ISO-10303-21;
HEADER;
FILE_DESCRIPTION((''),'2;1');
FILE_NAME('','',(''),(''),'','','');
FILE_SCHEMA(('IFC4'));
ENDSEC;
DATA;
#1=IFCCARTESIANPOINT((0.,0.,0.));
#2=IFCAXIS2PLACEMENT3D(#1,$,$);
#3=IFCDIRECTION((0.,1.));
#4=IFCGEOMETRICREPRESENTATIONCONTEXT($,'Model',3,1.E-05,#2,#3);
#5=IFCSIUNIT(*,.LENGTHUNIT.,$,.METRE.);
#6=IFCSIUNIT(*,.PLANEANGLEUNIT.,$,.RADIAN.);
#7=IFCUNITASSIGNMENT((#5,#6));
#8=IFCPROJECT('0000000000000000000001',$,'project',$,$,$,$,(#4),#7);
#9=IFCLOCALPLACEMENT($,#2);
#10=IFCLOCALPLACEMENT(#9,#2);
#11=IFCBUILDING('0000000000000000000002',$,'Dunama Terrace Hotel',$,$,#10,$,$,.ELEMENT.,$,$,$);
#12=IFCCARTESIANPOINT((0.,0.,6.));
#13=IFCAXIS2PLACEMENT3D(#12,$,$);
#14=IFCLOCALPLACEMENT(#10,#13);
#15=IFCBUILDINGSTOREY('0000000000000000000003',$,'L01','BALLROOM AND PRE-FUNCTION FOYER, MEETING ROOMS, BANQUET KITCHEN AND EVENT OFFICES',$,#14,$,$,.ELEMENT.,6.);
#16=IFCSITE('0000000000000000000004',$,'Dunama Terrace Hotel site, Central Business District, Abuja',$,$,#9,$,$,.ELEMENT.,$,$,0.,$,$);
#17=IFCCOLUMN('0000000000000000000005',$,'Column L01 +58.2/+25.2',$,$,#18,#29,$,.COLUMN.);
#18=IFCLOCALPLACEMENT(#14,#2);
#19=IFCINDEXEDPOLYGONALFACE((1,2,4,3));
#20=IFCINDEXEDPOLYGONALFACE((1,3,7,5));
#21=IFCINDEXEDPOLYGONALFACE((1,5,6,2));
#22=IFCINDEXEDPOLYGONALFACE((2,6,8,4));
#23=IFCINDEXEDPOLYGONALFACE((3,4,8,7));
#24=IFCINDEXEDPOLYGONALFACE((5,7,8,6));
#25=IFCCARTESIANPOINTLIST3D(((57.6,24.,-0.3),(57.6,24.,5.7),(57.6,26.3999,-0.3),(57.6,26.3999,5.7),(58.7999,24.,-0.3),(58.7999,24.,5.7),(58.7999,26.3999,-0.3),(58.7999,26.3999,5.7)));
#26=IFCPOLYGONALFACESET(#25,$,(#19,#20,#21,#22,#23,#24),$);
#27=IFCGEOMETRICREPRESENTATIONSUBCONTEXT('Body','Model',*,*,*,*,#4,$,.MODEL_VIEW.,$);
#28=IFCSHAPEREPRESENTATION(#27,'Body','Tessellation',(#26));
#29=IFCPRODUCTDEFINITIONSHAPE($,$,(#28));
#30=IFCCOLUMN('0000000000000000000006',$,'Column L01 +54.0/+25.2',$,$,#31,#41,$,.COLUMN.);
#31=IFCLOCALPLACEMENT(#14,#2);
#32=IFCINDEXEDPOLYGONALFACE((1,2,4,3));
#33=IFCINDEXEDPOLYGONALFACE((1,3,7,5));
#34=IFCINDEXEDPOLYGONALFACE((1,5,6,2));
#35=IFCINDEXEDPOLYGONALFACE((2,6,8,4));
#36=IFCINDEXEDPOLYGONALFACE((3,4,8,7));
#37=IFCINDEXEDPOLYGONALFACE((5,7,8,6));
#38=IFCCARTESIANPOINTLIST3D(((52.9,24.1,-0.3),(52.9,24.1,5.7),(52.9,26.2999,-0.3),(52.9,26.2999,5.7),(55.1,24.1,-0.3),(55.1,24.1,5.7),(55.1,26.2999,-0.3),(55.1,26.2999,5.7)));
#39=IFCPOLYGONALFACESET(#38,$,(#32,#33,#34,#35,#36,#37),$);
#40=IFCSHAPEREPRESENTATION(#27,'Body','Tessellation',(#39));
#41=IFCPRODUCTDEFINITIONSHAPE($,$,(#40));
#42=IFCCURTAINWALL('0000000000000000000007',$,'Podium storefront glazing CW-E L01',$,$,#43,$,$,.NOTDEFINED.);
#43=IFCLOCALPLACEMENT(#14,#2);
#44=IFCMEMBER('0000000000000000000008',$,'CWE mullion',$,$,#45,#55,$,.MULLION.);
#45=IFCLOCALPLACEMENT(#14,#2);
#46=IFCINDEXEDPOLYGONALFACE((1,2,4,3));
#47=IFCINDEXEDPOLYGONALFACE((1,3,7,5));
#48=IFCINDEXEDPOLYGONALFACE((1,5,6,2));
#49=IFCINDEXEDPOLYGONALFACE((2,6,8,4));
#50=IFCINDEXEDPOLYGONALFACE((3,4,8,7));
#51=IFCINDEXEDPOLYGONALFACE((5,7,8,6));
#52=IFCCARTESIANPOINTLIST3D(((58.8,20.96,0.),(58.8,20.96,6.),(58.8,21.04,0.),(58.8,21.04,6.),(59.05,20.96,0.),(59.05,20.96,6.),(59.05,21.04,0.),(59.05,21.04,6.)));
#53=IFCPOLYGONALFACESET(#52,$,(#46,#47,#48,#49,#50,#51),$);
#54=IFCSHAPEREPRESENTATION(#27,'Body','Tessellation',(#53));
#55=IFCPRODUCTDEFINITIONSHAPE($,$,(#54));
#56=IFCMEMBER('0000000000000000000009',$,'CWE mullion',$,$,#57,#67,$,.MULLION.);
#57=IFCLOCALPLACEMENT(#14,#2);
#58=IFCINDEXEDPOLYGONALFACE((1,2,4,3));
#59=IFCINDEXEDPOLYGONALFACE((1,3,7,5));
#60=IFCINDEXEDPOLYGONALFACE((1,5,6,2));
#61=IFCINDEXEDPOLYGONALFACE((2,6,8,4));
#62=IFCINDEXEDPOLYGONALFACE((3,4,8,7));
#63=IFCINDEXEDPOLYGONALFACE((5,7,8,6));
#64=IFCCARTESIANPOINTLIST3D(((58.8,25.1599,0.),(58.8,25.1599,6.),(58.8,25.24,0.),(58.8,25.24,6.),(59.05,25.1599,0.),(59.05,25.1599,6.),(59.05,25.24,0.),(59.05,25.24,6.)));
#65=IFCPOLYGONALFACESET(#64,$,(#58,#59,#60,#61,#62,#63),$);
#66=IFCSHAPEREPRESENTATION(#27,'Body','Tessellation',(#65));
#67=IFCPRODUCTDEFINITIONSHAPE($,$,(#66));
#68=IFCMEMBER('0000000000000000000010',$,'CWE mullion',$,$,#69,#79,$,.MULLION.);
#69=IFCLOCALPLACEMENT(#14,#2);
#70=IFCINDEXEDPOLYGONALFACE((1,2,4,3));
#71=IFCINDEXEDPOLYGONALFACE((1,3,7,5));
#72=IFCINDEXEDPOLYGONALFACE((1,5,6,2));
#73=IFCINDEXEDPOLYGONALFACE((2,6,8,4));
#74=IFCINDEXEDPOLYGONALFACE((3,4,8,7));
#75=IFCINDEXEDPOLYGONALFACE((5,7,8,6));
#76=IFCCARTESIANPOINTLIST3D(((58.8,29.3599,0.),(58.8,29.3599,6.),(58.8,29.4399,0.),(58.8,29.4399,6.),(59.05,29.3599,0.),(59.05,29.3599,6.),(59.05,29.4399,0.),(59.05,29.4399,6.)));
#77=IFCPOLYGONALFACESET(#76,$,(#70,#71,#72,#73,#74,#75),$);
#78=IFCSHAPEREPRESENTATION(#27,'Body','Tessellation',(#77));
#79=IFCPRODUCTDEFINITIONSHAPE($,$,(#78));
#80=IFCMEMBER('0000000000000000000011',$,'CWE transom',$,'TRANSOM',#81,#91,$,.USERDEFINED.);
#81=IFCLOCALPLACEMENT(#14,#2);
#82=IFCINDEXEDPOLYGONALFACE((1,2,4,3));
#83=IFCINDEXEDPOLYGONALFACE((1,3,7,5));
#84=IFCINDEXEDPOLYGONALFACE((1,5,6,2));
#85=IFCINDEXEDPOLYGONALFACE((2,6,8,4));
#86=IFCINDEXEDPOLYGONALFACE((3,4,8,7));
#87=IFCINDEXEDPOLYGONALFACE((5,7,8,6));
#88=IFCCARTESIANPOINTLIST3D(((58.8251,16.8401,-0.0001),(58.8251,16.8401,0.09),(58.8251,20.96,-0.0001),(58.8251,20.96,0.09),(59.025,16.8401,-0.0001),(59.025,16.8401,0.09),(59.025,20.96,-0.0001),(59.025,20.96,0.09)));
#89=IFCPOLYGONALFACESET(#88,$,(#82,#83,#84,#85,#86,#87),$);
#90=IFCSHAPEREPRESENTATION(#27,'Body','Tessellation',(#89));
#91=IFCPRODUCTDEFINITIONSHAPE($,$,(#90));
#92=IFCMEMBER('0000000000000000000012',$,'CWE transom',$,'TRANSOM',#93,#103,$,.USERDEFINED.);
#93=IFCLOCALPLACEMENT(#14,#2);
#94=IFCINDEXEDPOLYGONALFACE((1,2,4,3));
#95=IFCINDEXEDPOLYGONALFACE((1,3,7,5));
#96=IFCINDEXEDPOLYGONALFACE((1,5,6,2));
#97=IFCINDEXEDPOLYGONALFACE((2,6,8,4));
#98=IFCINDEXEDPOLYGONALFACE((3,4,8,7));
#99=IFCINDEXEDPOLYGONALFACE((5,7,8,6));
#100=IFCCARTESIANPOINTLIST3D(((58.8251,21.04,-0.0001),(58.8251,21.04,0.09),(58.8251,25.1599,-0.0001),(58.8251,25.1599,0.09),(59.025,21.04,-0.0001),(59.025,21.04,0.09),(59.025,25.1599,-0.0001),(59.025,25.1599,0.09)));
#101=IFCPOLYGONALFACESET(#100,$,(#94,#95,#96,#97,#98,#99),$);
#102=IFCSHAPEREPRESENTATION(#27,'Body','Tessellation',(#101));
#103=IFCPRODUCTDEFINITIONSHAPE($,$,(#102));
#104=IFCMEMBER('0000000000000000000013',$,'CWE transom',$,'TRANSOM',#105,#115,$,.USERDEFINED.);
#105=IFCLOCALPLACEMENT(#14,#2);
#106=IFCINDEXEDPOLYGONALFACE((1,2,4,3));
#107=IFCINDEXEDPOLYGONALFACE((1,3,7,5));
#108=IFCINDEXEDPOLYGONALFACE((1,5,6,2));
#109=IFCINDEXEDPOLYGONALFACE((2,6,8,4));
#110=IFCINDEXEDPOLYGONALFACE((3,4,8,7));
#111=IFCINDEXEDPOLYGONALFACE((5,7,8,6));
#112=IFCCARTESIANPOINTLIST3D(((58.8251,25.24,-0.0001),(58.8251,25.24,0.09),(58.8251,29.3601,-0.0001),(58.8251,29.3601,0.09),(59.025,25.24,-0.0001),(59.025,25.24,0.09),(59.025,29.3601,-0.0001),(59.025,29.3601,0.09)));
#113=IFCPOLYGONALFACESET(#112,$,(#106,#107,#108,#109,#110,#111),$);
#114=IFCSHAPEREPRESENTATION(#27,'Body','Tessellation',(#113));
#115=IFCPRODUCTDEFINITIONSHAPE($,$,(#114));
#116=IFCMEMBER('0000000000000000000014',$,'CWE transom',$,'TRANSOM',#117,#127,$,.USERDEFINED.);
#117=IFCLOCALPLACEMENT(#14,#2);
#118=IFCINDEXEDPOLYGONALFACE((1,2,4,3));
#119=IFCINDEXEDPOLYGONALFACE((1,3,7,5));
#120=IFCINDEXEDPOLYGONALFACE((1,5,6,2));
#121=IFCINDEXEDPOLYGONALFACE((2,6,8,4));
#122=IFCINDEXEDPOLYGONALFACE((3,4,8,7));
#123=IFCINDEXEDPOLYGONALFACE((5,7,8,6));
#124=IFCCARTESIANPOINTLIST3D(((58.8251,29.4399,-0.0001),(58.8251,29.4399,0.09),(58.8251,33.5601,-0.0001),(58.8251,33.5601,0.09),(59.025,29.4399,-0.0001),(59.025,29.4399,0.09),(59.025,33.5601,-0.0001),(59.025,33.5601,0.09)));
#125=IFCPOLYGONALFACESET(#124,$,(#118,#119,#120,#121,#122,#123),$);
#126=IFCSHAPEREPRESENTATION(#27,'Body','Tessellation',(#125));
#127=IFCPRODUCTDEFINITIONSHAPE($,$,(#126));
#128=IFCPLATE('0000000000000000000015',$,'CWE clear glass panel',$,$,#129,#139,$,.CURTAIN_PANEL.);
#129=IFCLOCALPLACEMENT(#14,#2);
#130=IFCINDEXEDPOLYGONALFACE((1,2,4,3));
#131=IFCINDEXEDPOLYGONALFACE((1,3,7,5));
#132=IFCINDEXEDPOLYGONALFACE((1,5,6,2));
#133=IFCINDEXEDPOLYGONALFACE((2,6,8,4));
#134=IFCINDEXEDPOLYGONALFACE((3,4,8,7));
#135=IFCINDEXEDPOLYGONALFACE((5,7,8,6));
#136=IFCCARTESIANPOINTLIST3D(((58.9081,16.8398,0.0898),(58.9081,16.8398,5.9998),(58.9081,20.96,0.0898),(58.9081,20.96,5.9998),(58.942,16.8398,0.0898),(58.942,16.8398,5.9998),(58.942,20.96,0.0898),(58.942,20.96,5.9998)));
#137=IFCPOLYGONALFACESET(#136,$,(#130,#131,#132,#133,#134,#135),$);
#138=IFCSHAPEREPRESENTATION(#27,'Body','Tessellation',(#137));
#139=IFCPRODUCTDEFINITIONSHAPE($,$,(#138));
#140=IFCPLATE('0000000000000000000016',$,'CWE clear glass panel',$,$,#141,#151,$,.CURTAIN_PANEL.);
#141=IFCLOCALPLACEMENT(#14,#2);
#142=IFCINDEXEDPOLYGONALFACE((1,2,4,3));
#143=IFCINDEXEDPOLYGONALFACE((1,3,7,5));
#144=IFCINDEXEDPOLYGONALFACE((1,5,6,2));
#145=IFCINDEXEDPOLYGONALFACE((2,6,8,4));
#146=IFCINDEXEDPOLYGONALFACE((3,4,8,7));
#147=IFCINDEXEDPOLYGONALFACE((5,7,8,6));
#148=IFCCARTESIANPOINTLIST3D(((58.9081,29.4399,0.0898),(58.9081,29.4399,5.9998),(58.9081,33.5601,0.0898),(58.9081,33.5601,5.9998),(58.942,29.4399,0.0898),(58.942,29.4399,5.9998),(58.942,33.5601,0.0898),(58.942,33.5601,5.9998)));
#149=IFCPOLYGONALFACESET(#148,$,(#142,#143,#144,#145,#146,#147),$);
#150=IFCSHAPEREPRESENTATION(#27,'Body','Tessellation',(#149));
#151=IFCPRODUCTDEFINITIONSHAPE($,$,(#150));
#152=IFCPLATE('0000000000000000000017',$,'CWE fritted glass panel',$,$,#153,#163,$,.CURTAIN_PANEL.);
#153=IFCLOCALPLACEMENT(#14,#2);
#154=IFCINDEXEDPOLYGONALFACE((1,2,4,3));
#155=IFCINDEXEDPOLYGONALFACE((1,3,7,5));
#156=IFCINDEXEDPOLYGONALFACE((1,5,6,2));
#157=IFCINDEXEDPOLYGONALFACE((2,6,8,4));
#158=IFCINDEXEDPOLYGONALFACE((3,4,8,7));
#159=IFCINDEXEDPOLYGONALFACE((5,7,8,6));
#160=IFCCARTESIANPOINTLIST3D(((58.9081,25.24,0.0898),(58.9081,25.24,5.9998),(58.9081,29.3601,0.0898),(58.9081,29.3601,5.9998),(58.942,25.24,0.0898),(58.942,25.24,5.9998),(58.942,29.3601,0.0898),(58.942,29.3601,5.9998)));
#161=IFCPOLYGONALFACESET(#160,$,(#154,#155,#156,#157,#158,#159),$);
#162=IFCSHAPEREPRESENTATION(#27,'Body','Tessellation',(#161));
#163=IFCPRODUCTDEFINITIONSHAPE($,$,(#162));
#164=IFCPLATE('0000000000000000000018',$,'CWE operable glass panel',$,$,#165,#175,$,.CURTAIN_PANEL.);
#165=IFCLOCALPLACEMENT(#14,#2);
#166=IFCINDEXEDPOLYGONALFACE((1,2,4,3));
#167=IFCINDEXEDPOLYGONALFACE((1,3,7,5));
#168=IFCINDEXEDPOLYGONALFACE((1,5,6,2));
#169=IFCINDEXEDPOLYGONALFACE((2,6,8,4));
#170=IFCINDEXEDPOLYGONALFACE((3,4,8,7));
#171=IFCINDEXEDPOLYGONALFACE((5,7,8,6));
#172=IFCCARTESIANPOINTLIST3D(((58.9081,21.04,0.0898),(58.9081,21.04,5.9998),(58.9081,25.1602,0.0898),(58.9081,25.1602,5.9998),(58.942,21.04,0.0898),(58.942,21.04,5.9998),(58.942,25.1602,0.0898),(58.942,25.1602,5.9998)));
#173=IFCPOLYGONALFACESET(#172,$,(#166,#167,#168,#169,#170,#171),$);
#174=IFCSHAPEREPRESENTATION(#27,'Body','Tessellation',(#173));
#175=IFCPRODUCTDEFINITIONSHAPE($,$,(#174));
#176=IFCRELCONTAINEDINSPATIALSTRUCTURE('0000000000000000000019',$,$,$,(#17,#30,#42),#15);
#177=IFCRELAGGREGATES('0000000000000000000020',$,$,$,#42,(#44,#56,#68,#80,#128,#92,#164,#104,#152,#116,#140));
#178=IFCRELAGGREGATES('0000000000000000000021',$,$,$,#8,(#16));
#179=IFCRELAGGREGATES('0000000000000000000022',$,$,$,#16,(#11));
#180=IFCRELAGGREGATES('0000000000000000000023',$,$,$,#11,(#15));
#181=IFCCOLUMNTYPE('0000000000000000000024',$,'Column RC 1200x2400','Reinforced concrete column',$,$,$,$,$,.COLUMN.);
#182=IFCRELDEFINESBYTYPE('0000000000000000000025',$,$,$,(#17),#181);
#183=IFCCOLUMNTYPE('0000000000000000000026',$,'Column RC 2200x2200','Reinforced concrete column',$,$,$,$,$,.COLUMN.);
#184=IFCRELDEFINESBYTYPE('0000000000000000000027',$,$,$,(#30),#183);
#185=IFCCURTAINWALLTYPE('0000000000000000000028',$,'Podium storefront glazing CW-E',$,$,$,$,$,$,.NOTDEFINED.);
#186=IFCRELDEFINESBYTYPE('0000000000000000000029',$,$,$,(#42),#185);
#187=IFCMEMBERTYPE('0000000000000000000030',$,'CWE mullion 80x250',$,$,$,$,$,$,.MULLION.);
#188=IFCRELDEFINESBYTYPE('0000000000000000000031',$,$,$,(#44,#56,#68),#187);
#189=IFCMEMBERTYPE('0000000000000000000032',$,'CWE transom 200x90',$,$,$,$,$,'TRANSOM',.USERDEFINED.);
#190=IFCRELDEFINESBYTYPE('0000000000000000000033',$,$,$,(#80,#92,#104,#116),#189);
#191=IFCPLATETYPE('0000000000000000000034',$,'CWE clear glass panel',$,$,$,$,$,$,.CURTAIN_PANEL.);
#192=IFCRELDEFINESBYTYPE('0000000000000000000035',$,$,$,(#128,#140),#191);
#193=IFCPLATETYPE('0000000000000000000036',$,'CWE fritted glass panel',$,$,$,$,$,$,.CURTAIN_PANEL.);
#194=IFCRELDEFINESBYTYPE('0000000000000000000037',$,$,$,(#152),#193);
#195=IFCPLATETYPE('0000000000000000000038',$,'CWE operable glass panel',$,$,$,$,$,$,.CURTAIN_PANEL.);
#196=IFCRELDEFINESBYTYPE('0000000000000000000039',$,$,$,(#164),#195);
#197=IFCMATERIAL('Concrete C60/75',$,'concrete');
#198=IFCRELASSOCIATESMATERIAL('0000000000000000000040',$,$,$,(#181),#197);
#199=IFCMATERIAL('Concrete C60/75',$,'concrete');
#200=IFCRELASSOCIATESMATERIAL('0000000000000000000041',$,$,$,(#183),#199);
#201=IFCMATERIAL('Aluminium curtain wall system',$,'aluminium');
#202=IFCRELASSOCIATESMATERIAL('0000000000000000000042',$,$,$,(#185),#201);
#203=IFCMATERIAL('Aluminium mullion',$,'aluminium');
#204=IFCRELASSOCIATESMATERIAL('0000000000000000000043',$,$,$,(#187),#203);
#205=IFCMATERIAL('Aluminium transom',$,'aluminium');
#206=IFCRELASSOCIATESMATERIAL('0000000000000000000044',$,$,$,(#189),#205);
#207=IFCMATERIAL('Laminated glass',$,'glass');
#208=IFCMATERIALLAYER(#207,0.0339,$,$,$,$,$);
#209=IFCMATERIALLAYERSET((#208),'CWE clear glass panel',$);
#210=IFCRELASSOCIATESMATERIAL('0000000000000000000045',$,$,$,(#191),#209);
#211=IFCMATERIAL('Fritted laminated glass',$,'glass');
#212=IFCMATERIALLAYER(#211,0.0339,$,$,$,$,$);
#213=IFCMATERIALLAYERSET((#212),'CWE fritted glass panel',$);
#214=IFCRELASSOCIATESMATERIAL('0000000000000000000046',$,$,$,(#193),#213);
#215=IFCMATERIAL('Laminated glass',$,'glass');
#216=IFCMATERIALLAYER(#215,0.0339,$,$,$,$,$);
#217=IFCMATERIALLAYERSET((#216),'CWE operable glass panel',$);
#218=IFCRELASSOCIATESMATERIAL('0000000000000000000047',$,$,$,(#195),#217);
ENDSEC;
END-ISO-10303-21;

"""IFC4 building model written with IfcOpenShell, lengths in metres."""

from ifc_helpers import new_model, si_unit, direction, frame, origin, origin_2d, place, context, subcontext, project, spatial, rectangle, extrude, material, layer, layer_set, material_profile, profile_set, type_object, element, aggregate, save


model = new_model("IFC4")

# Units and contexts
model_context = context("Model", 3, precision=1e-05, world=origin(), true_north=direction((0.0, 1.0)))
body_context = subcontext(model_context, "Body", "Model", "MODEL_VIEW")
ifc_project = project(units=[si_unit("LENGTHUNIT", "METRE"), si_unit("PLANEANGLEUNIT", "RADIAN")], contexts=[model_context])

# Site, building, storey
site_placement = place(None, origin())
site = spatial("IfcSite", under=ifc_project, at=site_placement, Name="Dunama Terrace Hotel site, Central Business District, Abuja", CompositionType="ELEMENT", RefElevation=0.0)
building_placement = place(site_placement, origin())
building = spatial("IfcBuilding", under=site, at=building_placement, Name="Dunama Terrace Hotel", CompositionType="ELEMENT")
storey_placement = place(building_placement, frame((0.0, 0.0, 6.0)))
storey = spatial("IfcBuildingStorey", under=building, at=storey_placement, Name="L01", Description="BALLROOM AND PRE-FUNCTION FOYER, MEETING ROOMS, BANQUET KITCHEN AND EVENT OFFICES", CompositionType="ELEMENT", Elevation=6.0)

# Columns
ifc_material_1 = material(Name="Concrete C60/75", Category="concrete")
ifc_material_profile_1 = material_profile(ifc_material_1, rectangle(XDim=1.2, YDim=2.3999, at=origin_2d()), Name="RC 1200x2400")
ifc_profile_set_1 = profile_set([ifc_material_profile_1], Name="Concrete C60/75")
column_type_1 = type_object("IfcColumnType", Name="Column RC 1200x2400", Description="Reinforced concrete column", PredefinedType="COLUMN", material=ifc_profile_set_1)
column_1_placement = place(storey_placement, frame((58.2, 25.2, -0.3), z_axis=(0.0, 0.0, 1.0), x_axis=(1.0, 0.0, 0.0)))
element("IfcColumn", 1, at=column_1_placement, inside=storey, type_object=column_type_1, Name="Column L01 +58.2/+25.2", PredefinedType="COLUMN", context=body_context, shape_type="SweptSolid", body=[
    extrude(rectangle(XDim=1.2, YDim=2.3999, at=origin_2d()), origin(), (0.0, 0.0, 1.0), 6.0),
])
ifc_material_2 = material(Name="Concrete C60/75", Category="concrete")
ifc_material_profile_2 = material_profile(ifc_material_2, rectangle(XDim=2.2, YDim=2.2, at=origin_2d()), Name="RC 2200x2200")
ifc_profile_set_2 = profile_set([ifc_material_profile_2], Name="Concrete C60/75")
column_type_2 = type_object("IfcColumnType", Name="Column RC 2200x2200", Description="Reinforced concrete column", PredefinedType="COLUMN", material=ifc_profile_set_2)
column_2_placement = place(storey_placement, frame((54.0, 25.2, -0.3), z_axis=(0.0, 0.0, 1.0), x_axis=(1.0, 0.0, 0.0)))
element("IfcColumn", 2, at=column_2_placement, inside=storey, type_object=column_type_2, Name="Column L01 +54.0/+25.2", PredefinedType="COLUMN", context=body_context, shape_type="SweptSolid", body=[
    extrude(rectangle(XDim=2.2, YDim=2.2, at=origin_2d()), origin(), (0.0, 0.0, 1.0), 6.0),
])

# Curtain wall, members, plates
ifc_material_3 = material(Name="Aluminium curtain wall system", Category="aluminium")
curtain_wall_type = type_object("IfcCurtainWallType", Name="Podium storefront glazing CW-E", PredefinedType="NOTDEFINED", material=ifc_material_3)
curtain_wall_placement = place(storey_placement, origin())
curtain_wall = element("IfcCurtainWall", 3, at=curtain_wall_placement, inside=storey, type_object=curtain_wall_type, Name="Podium storefront glazing CW-E L01", PredefinedType="NOTDEFINED")
ifc_material_4 = material(Name="Aluminium mullion", Category="aluminium")
ifc_material_profile_3 = material_profile(ifc_material_4, rectangle(XDim=0.0801, YDim=0.25, at=origin_2d()), Name="CWE MULLION 80X250")
ifc_profile_set_3 = profile_set([ifc_material_profile_3], Name="Aluminium mullion")
member_type_1 = type_object("IfcMemberType", Name="CWE mullion 80x250", PredefinedType="MULLION", material=ifc_profile_set_3)
member_1_placement = place(storey_placement, frame((58.925, 21.0, 0.0), z_axis=(0.0, 0.0, 1.0), x_axis=(0.0, 1.0, 0.0)))
member_1 = element("IfcMember", 4, at=member_1_placement, type_object=member_type_1, Name="CWE mullion", PredefinedType="MULLION", context=body_context, shape_type="SweptSolid", body=[
    extrude(rectangle(XDim=0.0801, YDim=0.25, at=origin_2d()), origin(), (0.0, 0.0, 1.0), 6.0),
])
member_2_placement = place(storey_placement, frame((58.925, 25.2, 0.0), z_axis=(0.0, 0.0, 1.0), x_axis=(0.0, 1.0, 0.0)))
member_2 = element("IfcMember", 5, at=member_2_placement, type_object=member_type_1, Name="CWE mullion", PredefinedType="MULLION", context=body_context, shape_type="SweptSolid", body=[
    extrude(rectangle(XDim=0.0801, YDim=0.25, at=origin_2d()), origin(), (0.0, 0.0, 1.0), 6.0),
])
member_3_placement = place(storey_placement, frame((58.925, 29.3999, 0.0), z_axis=(0.0, 0.0, 1.0), x_axis=(0.0, 1.0, 0.0)))
member_3 = element("IfcMember", 6, at=member_3_placement, type_object=member_type_1, Name="CWE mullion", PredefinedType="MULLION", context=body_context, shape_type="SweptSolid", body=[
    extrude(rectangle(XDim=0.0801, YDim=0.25, at=origin_2d()), origin(), (0.0, 0.0, 1.0), 6.0),
])
ifc_material_5 = material(Name="Aluminium transom", Category="aluminium")
ifc_material_profile_4 = material_profile(ifc_material_5, rectangle(XDim=0.2, YDim=0.0901, at=origin_2d()), Name="CWE TRANSOM 200X90")
ifc_profile_set_4 = profile_set([ifc_material_profile_4], Name="Aluminium transom")
member_type_2 = type_object("IfcMemberType", Name="CWE transom 200x90", ElementType="TRANSOM", PredefinedType="USERDEFINED", material=ifc_profile_set_4)
member_4_placement = place(storey_placement, frame((58.925, 16.8401, 0.0449), z_axis=(0.0, 1.0, 0.0), x_axis=(-1.0, 0.0, 0.0)))
member_4 = element("IfcMember", 7, at=member_4_placement, type_object=member_type_2, Name="CWE transom", ObjectType="TRANSOM", PredefinedType="USERDEFINED", context=body_context, shape_type="SweptSolid", body=[
    extrude(rectangle(XDim=0.2, YDim=0.0901, at=origin_2d()), origin(), (0.0, 0.0, 1.0), 4.1199),
])
member_5_placement = place(storey_placement, frame((58.925, 21.04, 0.0449), z_axis=(0.0, 1.0, 0.0), x_axis=(-1.0, 0.0, 0.0)))
member_5 = element("IfcMember", 8, at=member_5_placement, type_object=member_type_2, Name="CWE transom", ObjectType="TRANSOM", PredefinedType="USERDEFINED", context=body_context, shape_type="SweptSolid", body=[
    extrude(rectangle(XDim=0.2, YDim=0.0901, at=origin_2d()), origin(), (0.0, 0.0, 1.0), 4.1199),
])
member_6_placement = place(storey_placement, frame((58.925, 25.24, 0.0449), z_axis=(0.0, 1.0, 0.0), x_axis=(-1.0, 0.0, 0.0)))
member_6 = element("IfcMember", 9, at=member_6_placement, type_object=member_type_2, Name="CWE transom", ObjectType="TRANSOM", PredefinedType="USERDEFINED", context=body_context, shape_type="SweptSolid", body=[
    extrude(rectangle(XDim=0.2, YDim=0.0901, at=origin_2d()), origin(), (0.0, 0.0, 1.0), 4.1201),
])
member_7_placement = place(storey_placement, frame((58.925, 29.4399, 0.0449), z_axis=(0.0, 1.0, 0.0), x_axis=(-1.0, 0.0, 0.0)))
member_7 = element("IfcMember", 10, at=member_7_placement, type_object=member_type_2, Name="CWE transom", ObjectType="TRANSOM", PredefinedType="USERDEFINED", context=body_context, shape_type="SweptSolid", body=[
    extrude(rectangle(XDim=0.2, YDim=0.0901, at=origin_2d()), origin(), (0.0, 0.0, 1.0), 4.1201),
])
ifc_material_6 = material(Name="Laminated glass", Category="glass")
ifc_layer_1 = layer(ifc_material_6, 0.0339)
ifc_layer_set_1 = layer_set([ifc_layer_1], Name="CWE clear glass panel")
plate_type_1 = type_object("IfcPlateType", Name="CWE clear glass panel", PredefinedType="CURTAIN_PANEL", material=ifc_layer_set_1)
plate_1_placement = place(storey_placement, frame((58.925, 18.8999, 0.0898), z_axis=(0.0, 0.0, 1.0), x_axis=(0.0, 1.0, 0.0)))
plate_1 = element("IfcPlate", 11, at=plate_1_placement, type_object=plate_type_1, Name="CWE clear glass panel", PredefinedType="CURTAIN_PANEL", context=body_context, shape_type="SweptSolid", body=[
    extrude(rectangle(XDim=4.1201, YDim=0.0339, at=origin_2d()), origin(), (0.0, 0.0, 1.0), 5.9099),
])
plate_2_placement = place(storey_placement, frame((58.925, 31.5, 0.0898), z_axis=(0.0, 0.0, 1.0), x_axis=(0.0, 1.0, 0.0)))
plate_2 = element("IfcPlate", 12, at=plate_2_placement, type_object=plate_type_1, Name="CWE clear glass panel", PredefinedType="CURTAIN_PANEL", context=body_context, shape_type="SweptSolid", body=[
    extrude(rectangle(XDim=4.1201, YDim=0.0339, at=origin_2d()), origin(), (0.0, 0.0, 1.0), 5.9099),
])
ifc_material_7 = material(Name="Fritted laminated glass", Category="glass")
ifc_layer_2 = layer(ifc_material_7, 0.0339)
ifc_layer_set_2 = layer_set([ifc_layer_2], Name="CWE fritted glass panel")
plate_type_2 = type_object("IfcPlateType", Name="CWE fritted glass panel", PredefinedType="CURTAIN_PANEL", material=ifc_layer_set_2)
plate_3_placement = place(storey_placement, frame((58.925, 27.3, 0.0898), z_axis=(0.0, 0.0, 1.0), x_axis=(0.0, 1.0, 0.0)))
plate_3 = element("IfcPlate", 13, at=plate_3_placement, type_object=plate_type_2, Name="CWE fritted glass panel", PredefinedType="CURTAIN_PANEL", context=body_context, shape_type="SweptSolid", body=[
    extrude(rectangle(XDim=4.1201, YDim=0.0339, at=origin_2d()), origin(), (0.0, 0.0, 1.0), 5.9099),
])
ifc_material_8 = material(Name="Laminated glass", Category="glass")
ifc_layer_3 = layer(ifc_material_8, 0.0339)
ifc_layer_set_3 = layer_set([ifc_layer_3], Name="CWE operable glass panel")
plate_type_3 = type_object("IfcPlateType", Name="CWE operable glass panel", PredefinedType="CURTAIN_PANEL", material=ifc_layer_set_3)
plate_4_placement = place(storey_placement, frame((58.925, 23.1001, 0.0898), z_axis=(0.0, 0.0, 1.0), x_axis=(0.0, 1.0, 0.0)))
plate_4 = element("IfcPlate", 14, at=plate_4_placement, type_object=plate_type_3, Name="CWE operable glass panel", PredefinedType="CURTAIN_PANEL", context=body_context, shape_type="SweptSolid", body=[
    extrude(rectangle(XDim=4.1201, YDim=0.0339, at=origin_2d()), origin(), (0.0, 0.0, 1.0), 5.9099),
])
aggregate(curtain_wall, [member_1, member_2, member_3, member_4, plate_1, member_5, plate_4, member_6, plate_3, member_7, plate_2])

save(model, "model.ifc")
